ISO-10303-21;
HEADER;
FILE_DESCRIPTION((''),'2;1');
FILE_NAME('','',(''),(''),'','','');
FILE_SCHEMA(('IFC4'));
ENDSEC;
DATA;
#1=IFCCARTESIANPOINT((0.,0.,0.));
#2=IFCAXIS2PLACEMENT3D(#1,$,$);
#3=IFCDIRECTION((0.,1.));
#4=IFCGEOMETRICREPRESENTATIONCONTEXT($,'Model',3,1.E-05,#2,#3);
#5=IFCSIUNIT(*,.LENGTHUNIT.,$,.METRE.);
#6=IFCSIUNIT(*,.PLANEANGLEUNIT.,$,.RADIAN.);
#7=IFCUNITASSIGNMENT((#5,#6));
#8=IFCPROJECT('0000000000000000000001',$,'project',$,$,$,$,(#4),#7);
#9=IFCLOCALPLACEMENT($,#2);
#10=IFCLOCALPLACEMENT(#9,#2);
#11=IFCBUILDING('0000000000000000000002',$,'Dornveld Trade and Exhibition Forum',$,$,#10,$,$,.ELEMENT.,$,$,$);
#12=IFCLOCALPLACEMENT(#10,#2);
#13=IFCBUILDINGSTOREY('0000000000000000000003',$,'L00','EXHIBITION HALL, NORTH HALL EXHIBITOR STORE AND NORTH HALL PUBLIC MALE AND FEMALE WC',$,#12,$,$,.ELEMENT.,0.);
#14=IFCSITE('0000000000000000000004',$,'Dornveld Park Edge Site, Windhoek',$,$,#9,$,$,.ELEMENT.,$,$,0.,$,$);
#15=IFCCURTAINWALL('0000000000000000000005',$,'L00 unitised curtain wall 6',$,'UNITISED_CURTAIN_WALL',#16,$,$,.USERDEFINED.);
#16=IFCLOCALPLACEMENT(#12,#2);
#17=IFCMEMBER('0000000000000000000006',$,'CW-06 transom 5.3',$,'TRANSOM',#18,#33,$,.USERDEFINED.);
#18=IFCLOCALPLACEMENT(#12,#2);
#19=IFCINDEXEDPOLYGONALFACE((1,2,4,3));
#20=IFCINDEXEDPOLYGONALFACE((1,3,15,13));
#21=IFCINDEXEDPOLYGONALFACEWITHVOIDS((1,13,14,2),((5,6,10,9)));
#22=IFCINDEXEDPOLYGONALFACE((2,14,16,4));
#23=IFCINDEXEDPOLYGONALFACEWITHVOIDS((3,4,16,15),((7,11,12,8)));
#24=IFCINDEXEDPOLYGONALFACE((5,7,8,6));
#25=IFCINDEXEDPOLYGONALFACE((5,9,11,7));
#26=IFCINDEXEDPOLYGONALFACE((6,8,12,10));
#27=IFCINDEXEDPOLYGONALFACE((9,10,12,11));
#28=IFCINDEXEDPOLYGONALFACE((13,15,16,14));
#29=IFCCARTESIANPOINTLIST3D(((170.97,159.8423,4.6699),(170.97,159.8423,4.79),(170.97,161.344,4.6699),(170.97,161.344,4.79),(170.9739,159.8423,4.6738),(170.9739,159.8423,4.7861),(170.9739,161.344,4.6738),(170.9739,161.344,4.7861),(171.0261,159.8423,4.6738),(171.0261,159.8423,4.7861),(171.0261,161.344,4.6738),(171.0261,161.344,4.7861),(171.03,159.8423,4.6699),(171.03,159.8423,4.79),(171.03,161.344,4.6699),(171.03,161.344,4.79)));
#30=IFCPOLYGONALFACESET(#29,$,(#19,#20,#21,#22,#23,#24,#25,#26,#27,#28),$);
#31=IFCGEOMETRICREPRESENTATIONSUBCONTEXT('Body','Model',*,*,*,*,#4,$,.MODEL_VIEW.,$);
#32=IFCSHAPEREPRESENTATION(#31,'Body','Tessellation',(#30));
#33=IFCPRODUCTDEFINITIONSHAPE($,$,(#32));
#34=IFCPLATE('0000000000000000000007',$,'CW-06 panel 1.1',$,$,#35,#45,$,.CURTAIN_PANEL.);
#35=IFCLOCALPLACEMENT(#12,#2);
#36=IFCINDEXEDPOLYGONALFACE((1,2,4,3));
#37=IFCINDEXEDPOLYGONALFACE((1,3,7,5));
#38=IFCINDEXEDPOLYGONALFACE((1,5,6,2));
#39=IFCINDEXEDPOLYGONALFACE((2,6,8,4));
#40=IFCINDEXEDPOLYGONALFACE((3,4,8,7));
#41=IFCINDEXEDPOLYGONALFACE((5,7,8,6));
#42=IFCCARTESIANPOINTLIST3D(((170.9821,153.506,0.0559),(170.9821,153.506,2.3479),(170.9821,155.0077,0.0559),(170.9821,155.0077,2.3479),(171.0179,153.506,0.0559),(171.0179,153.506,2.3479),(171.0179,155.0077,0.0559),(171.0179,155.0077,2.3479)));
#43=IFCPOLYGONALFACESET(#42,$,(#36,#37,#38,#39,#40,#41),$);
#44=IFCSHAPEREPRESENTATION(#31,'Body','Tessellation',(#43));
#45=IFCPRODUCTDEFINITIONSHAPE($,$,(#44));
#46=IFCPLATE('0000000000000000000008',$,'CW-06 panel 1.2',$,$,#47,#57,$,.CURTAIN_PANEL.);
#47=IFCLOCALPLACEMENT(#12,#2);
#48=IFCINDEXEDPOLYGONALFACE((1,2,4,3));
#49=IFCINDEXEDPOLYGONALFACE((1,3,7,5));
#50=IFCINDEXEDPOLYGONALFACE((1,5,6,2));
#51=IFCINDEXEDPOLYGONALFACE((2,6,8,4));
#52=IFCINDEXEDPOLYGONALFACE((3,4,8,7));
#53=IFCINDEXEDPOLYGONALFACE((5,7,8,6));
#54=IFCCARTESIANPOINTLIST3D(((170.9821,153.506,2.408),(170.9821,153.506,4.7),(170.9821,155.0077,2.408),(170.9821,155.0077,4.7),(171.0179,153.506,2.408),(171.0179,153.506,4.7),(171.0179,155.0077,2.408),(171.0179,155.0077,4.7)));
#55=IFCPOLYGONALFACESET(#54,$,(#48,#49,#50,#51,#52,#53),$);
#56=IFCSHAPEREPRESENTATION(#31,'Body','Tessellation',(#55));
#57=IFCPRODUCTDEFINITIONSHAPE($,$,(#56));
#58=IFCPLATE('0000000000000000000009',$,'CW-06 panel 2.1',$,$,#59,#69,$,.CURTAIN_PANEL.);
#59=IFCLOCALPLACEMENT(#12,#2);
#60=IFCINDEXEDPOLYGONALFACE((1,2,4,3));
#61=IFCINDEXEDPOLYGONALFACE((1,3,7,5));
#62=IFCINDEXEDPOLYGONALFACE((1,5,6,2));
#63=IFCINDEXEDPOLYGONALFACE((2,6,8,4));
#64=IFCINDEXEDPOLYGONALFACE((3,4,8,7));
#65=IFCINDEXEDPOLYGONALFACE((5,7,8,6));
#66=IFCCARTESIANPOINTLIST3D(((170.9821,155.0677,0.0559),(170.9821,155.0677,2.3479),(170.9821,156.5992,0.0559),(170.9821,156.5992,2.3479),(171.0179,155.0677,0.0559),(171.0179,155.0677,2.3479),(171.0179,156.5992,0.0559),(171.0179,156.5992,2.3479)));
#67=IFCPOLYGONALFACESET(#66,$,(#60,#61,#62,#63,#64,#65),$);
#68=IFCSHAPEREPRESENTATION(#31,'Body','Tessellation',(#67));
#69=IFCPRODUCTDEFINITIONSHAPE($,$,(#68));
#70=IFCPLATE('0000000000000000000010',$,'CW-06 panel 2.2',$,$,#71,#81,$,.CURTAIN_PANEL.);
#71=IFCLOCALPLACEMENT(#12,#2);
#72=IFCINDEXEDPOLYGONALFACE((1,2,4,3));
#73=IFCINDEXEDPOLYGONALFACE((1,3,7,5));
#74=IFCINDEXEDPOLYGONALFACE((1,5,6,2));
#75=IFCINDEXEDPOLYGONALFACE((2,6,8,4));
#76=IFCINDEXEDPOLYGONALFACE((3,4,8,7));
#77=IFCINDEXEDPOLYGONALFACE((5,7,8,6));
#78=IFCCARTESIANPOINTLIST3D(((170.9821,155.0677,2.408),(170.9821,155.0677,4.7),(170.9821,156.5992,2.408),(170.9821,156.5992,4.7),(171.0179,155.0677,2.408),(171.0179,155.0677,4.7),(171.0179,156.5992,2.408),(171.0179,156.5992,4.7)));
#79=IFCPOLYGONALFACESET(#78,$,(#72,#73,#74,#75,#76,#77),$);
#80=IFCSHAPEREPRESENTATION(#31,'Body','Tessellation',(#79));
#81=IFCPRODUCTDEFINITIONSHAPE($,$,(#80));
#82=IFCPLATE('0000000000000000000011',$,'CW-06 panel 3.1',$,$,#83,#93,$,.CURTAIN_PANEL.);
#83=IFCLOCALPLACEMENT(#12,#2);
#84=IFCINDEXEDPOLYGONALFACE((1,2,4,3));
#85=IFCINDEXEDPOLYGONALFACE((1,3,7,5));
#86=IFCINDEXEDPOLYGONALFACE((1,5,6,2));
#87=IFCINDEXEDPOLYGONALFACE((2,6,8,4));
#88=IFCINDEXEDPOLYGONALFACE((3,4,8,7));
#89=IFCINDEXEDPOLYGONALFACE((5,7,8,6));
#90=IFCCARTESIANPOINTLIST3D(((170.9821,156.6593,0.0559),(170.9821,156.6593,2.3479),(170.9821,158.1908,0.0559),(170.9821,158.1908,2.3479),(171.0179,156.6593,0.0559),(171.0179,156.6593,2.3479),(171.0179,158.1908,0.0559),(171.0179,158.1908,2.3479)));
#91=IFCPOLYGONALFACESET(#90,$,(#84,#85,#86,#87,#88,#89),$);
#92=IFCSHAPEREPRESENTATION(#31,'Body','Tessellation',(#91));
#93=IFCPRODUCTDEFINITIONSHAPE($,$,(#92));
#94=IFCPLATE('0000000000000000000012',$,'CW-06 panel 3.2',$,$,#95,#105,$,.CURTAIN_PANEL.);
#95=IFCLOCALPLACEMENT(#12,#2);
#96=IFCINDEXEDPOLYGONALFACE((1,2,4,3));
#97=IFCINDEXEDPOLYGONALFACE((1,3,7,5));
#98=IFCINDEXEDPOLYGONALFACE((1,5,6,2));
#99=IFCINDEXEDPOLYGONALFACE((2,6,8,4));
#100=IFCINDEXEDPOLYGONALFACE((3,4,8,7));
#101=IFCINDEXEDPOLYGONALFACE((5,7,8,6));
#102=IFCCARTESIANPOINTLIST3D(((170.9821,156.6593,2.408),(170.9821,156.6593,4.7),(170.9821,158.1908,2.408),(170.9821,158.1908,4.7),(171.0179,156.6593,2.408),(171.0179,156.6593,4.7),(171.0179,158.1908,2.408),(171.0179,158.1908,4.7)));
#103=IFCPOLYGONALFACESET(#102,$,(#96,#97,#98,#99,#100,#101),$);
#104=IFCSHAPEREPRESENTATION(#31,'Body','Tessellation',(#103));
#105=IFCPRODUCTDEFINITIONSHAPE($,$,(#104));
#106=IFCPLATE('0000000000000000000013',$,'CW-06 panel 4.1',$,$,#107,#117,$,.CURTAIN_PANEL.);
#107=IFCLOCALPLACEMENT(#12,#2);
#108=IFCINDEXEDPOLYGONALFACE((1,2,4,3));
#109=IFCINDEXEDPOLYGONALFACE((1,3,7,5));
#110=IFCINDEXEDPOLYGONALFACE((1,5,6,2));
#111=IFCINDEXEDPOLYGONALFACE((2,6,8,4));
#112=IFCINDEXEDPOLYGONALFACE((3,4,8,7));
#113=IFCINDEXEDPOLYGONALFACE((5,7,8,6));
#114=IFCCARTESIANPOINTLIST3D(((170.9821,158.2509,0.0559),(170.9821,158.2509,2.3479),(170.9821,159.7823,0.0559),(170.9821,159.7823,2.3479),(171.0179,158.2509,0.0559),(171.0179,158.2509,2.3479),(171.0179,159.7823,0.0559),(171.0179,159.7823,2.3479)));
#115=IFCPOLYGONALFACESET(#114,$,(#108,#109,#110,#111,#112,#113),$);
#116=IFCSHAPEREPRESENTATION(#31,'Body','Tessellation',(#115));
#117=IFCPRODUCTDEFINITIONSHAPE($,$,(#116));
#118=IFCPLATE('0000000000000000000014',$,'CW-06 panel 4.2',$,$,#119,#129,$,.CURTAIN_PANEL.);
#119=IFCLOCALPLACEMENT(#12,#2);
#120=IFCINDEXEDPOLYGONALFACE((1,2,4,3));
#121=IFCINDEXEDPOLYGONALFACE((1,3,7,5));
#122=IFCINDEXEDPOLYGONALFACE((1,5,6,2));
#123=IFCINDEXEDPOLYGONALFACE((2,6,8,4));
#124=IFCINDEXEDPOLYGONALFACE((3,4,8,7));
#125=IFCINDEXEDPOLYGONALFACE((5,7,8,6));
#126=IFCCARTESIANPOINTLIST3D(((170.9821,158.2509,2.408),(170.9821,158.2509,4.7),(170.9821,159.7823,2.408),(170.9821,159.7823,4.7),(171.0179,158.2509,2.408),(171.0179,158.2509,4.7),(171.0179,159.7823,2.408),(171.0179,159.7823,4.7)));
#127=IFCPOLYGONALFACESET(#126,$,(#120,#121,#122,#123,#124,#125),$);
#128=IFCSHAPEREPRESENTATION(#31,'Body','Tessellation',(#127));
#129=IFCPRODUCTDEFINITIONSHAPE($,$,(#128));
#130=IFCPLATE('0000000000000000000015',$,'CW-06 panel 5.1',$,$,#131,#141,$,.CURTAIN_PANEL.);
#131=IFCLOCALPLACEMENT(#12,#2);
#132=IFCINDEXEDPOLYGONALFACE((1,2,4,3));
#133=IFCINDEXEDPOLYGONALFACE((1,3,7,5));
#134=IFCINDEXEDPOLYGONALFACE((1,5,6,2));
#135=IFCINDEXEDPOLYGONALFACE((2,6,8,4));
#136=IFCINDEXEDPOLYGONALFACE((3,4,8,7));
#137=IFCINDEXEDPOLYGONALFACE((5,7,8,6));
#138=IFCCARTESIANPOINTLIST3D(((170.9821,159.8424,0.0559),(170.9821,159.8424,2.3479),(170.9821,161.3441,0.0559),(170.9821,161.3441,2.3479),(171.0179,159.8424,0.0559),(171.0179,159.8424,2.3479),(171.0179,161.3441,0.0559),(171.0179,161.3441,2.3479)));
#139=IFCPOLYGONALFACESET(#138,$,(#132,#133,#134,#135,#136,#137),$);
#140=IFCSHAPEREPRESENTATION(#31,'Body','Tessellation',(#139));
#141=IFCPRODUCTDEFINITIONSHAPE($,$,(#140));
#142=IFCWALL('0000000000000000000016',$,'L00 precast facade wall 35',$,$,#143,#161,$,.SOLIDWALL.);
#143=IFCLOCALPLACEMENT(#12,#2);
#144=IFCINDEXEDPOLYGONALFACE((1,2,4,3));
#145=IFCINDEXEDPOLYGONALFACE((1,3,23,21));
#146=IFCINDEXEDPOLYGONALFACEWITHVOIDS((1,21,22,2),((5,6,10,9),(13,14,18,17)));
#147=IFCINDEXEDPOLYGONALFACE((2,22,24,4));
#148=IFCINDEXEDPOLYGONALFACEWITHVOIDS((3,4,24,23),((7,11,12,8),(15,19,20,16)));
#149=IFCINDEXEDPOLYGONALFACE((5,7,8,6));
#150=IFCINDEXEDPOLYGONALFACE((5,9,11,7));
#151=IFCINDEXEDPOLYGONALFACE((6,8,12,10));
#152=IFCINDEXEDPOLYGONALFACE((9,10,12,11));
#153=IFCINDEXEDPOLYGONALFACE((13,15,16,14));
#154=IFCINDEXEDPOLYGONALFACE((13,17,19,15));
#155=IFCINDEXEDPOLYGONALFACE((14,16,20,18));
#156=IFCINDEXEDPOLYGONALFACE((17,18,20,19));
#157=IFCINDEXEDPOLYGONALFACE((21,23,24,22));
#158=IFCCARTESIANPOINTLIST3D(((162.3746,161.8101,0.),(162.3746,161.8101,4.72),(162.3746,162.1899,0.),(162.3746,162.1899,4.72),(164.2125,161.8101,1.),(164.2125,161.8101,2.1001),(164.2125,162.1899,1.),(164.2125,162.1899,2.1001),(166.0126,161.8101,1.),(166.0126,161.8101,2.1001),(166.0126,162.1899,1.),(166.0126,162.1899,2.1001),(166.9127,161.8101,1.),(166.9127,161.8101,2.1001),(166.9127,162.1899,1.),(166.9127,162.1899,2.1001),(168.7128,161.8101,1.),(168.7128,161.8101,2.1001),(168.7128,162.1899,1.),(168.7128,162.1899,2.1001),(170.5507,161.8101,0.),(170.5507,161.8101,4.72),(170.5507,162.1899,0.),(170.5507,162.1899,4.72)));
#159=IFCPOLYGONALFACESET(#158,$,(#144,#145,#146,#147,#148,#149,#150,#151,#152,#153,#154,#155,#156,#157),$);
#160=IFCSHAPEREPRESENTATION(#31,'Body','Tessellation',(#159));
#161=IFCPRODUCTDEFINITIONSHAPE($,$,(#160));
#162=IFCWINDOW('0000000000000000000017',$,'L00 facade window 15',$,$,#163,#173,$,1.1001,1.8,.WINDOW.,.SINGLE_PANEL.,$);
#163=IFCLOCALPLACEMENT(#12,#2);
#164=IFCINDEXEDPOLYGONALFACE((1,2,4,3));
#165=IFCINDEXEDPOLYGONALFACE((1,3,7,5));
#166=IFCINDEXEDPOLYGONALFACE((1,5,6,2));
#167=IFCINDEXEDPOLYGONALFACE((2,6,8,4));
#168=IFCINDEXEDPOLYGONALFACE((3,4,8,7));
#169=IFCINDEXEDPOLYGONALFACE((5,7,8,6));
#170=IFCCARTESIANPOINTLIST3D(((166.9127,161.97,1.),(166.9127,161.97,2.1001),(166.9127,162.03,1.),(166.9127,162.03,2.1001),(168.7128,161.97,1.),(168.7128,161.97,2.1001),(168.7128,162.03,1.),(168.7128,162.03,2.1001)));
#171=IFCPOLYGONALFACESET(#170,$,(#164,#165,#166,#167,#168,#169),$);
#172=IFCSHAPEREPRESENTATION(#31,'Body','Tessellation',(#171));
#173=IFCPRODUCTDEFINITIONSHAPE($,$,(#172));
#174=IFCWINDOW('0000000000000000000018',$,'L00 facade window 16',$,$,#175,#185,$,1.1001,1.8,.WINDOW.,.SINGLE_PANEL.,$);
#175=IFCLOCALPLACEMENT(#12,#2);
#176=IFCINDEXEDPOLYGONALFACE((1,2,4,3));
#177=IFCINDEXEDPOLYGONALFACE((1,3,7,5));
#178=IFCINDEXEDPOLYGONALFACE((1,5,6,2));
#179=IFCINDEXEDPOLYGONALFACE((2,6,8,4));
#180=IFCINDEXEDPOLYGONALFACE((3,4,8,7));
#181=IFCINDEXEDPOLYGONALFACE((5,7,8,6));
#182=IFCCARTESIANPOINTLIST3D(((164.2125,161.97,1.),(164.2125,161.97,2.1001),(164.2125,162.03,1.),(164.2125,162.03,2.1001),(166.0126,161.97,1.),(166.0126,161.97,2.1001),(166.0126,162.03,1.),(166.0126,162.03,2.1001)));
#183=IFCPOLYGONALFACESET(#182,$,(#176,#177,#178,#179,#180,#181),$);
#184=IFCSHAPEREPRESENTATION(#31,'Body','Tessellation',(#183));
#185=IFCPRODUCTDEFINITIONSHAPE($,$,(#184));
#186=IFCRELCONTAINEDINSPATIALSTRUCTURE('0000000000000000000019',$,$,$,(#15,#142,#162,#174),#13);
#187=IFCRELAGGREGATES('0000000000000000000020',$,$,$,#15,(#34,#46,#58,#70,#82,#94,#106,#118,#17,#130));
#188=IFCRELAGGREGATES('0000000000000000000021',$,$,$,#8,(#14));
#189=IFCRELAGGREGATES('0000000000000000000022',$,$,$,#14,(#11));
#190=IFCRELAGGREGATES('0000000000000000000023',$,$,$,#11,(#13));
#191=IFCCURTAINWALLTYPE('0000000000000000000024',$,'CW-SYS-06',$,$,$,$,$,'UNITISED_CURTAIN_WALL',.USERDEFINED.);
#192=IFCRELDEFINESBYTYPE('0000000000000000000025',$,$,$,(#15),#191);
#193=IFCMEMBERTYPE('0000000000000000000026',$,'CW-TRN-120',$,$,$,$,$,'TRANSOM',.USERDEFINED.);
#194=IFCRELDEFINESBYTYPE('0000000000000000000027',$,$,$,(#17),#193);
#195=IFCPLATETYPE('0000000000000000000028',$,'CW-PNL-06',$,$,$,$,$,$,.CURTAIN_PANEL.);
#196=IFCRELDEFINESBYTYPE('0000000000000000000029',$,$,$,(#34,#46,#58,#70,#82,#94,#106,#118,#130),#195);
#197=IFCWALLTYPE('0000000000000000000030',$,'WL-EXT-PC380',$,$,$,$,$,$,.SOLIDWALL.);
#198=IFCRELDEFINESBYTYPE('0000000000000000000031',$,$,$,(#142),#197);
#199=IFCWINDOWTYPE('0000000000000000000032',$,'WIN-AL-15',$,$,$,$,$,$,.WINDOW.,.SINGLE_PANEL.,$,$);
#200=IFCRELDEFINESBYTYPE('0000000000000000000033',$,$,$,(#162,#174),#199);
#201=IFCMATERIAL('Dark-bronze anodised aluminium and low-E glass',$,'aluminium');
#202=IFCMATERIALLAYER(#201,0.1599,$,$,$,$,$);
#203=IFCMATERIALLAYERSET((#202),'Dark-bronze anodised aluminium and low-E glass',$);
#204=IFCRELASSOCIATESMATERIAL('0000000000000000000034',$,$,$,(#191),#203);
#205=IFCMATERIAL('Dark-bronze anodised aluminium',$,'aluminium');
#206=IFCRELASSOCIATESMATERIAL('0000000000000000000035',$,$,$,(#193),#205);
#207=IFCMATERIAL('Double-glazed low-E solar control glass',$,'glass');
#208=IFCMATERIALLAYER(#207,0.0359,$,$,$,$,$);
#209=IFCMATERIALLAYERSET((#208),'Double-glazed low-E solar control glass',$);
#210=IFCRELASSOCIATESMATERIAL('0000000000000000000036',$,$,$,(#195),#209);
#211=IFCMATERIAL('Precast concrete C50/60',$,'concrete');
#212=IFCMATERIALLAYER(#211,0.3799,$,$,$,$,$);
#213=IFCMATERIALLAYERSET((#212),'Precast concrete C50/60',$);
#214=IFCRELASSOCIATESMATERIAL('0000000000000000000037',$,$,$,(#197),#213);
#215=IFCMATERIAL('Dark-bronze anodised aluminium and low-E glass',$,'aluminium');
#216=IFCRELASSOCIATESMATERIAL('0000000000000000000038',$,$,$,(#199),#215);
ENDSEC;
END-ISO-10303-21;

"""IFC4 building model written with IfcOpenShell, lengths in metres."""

from ifc_helpers import new_model, si_unit, direction, frame, frame_2d, origin, origin_2d, place, context, subcontext, project, spatial, rectangle, hollow_rectangle, extrude, material, layer, layer_set, material_profile, profile_set, type_object, element, fill, aggregate, save


model = new_model("IFC4")

# Units and contexts
model_context = context("Model", 3, precision=1e-05, world=origin(), true_north=direction((0.0, 1.0)))
body_context = subcontext(model_context, "Body", "Model", "MODEL_VIEW")
ifc_project = project(units=[si_unit("LENGTHUNIT", "METRE"), si_unit("PLANEANGLEUNIT", "RADIAN")], contexts=[model_context])

# Site, building, storey
site_placement = place(None, origin())
site = spatial("IfcSite", under=ifc_project, at=site_placement, Name="Dornveld Park Edge Site, Windhoek", CompositionType="ELEMENT", RefElevation=0.0)
building_placement = place(site_placement, origin())
building = spatial("IfcBuilding", under=site, at=building_placement, Name="Dornveld Trade and Exhibition Forum", CompositionType="ELEMENT")
storey_placement = place(building_placement, origin())
storey = spatial("IfcBuildingStorey", under=building, at=storey_placement, Name="L00", Description="EXHIBITION HALL, NORTH HALL EXHIBITOR STORE AND NORTH HALL PUBLIC MALE AND FEMALE WC", CompositionType="ELEMENT", Elevation=0.0)

# Curtain wall, member, plates
ifc_material_1 = material(Name="Dark-bronze anodised aluminium and low-E glass", Category="aluminium")
ifc_layer_1 = layer(ifc_material_1, 0.1599)
ifc_layer_set_1 = layer_set([ifc_layer_1], Name="Dark-bronze anodised aluminium and low-E glass")
curtain_wall_type_1 = type_object("IfcCurtainWallType", Name="CW-SYS-06", ElementType="UNITISED_CURTAIN_WALL", PredefinedType="USERDEFINED", material=ifc_layer_set_1)
curtain_wall_1_placement = place(storey_placement, origin())
curtain_wall_1 = element("IfcCurtainWall", 1, at=curtain_wall_1_placement, inside=storey, type_object=curtain_wall_type_1, Name="L00 unitised curtain wall 6", ObjectType="UNITISED_CURTAIN_WALL", PredefinedType="USERDEFINED")
ifc_material_2 = material(Name="Dark-bronze anodised aluminium", Category="aluminium")
ifc_material_profile_1 = material_profile(ifc_material_2, hollow_rectangle(XDim=0.0601, YDim=0.1201, WallThickness=0.0039, at=origin_2d()), Name="RHS 120x60x4")
ifc_profile_set_1 = profile_set([ifc_material_profile_1], Name="Dark-bronze anodised aluminium")
member_type_1 = type_object("IfcMemberType", Name="CW-TRN-120", ElementType="TRANSOM", PredefinedType="USERDEFINED", material=ifc_profile_set_1)
member_1_placement = place(storey_placement, frame((171.0, 159.8423, 4.73), z_axis=(0.0, 1.0, 0.0), x_axis=(-1.0, 0.0, 0.0)))
member_1 = element("IfcMember", 2, at=member_1_placement, type_object=member_type_1, Name="CW-06 transom 5.3", ObjectType="TRANSOM", PredefinedType="USERDEFINED", context=body_context, shape_type="SweptSolid", body=[
    extrude(hollow_rectangle(XDim=0.0601, YDim=0.1201, WallThickness=0.0039, at=origin_2d()), origin(), (0.0, 0.0, 1.0), 1.5017),
])
ifc_material_3 = material(Name="Double-glazed low-E solar control glass", Category="glass")
ifc_layer_2 = layer(ifc_material_3, 0.0359)
ifc_layer_set_2 = layer_set([ifc_layer_2], Name="Double-glazed low-E solar control glass")
plate_type = type_object("IfcPlateType", Name="CW-PNL-06", PredefinedType="CURTAIN_PANEL", material=ifc_layer_set_2)
plate_1_placement = place(storey_placement, frame((171.0, 154.2568, 0.0559), z_axis=(0.0, 0.0, 1.0), x_axis=(0.0, 1.0, 0.0)))
plate_1 = element("IfcPlate", 3, at=plate_1_placement, type_object=plate_type, Name="CW-06 panel 1.1", PredefinedType="CURTAIN_PANEL", context=body_context, shape_type="SweptSolid", body=[
    extrude(rectangle(XDim=1.5017, YDim=0.0359, at=origin_2d()), origin(), (0.0, 0.0, 1.0), 2.292),
])
plate_2_placement = place(storey_placement, frame((171.0, 154.2568, 2.408), z_axis=(0.0, 0.0, 1.0), x_axis=(0.0, 1.0, 0.0)))
plate_2 = element("IfcPlate", 4, at=plate_2_placement, type_object=plate_type, Name="CW-06 panel 1.2", PredefinedType="CURTAIN_PANEL", context=body_context, shape_type="SweptSolid", body=[
    extrude(rectangle(XDim=1.5017, YDim=0.0359, at=origin_2d()), origin(), (0.0, 0.0, 1.0), 2.292),
])
plate_3_placement = place(storey_placement, frame((171.0, 155.8335, 0.0559), z_axis=(0.0, 0.0, 1.0), x_axis=(0.0, 1.0, 0.0)))
plate_3 = element("IfcPlate", 5, at=plate_3_placement, type_object=plate_type, Name="CW-06 panel 2.1", PredefinedType="CURTAIN_PANEL", context=body_context, shape_type="SweptSolid", body=[
    extrude(rectangle(XDim=1.5315, YDim=0.0359, at=origin_2d()), origin(), (0.0, 0.0, 1.0), 2.292),
])
plate_4_placement = place(storey_placement, frame((171.0, 155.8335, 2.408), z_axis=(0.0, 0.0, 1.0), x_axis=(0.0, 1.0, 0.0)))
plate_4 = element("IfcPlate", 6, at=plate_4_placement, type_object=plate_type, Name="CW-06 panel 2.2", PredefinedType="CURTAIN_PANEL", context=body_context, shape_type="SweptSolid", body=[
    extrude(rectangle(XDim=1.5315, YDim=0.0359, at=origin_2d()), origin(), (0.0, 0.0, 1.0), 2.292),
])
plate_5_placement = place(storey_placement, frame((171.0, 157.425, 0.0559), z_axis=(0.0, 0.0, 1.0), x_axis=(0.0, 1.0, 0.0)))
plate_5 = element("IfcPlate", 7, at=plate_5_placement, type_object=plate_type, Name="CW-06 panel 3.1", PredefinedType="CURTAIN_PANEL", context=body_context, shape_type="SweptSolid", body=[
    extrude(rectangle(XDim=1.5315, YDim=0.0359, at=origin_2d()), origin(), (0.0, 0.0, 1.0), 2.292),
])
plate_6_placement = place(storey_placement, frame((171.0, 157.425, 2.408), z_axis=(0.0, 0.0, 1.0), x_axis=(0.0, 1.0, 0.0)))
plate_6 = element("IfcPlate", 8, at=plate_6_placement, type_object=plate_type, Name="CW-06 panel 3.2", PredefinedType="CURTAIN_PANEL", context=body_context, shape_type="SweptSolid", body=[
    extrude(rectangle(XDim=1.5315, YDim=0.0359, at=origin_2d()), origin(), (0.0, 0.0, 1.0), 2.292),
])
plate_7_placement = place(storey_placement, frame((171.0, 159.0166, 0.0559), z_axis=(0.0, 0.0, 1.0), x_axis=(0.0, 1.0, 0.0)))
plate_7 = element("IfcPlate", 9, at=plate_7_placement, type_object=plate_type, Name="CW-06 panel 4.1", PredefinedType="CURTAIN_PANEL", context=body_context, shape_type="SweptSolid", body=[
    extrude(rectangle(XDim=1.5315, YDim=0.0359, at=origin_2d()), origin(), (0.0, 0.0, 1.0), 2.292),
])
plate_8_placement = place(storey_placement, frame((171.0, 159.0166, 2.408), z_axis=(0.0, 0.0, 1.0), x_axis=(0.0, 1.0, 0.0)))
plate_8 = element("IfcPlate", 10, at=plate_8_placement, type_object=plate_type, Name="CW-06 panel 4.2", PredefinedType="CURTAIN_PANEL", context=body_context, shape_type="SweptSolid", body=[
    extrude(rectangle(XDim=1.5315, YDim=0.0359, at=origin_2d()), origin(), (0.0, 0.0, 1.0), 2.292),
])
plate_9_placement = place(storey_placement, frame((171.0, 160.5933, 0.0559), z_axis=(0.0, 0.0, 1.0), x_axis=(0.0, 1.0, 0.0)))
plate_9 = element("IfcPlate", 11, at=plate_9_placement, type_object=plate_type, Name="CW-06 panel 5.1", PredefinedType="CURTAIN_PANEL", context=body_context, shape_type="SweptSolid", body=[
    extrude(rectangle(XDim=1.5017, YDim=0.0359, at=origin_2d()), origin(), (0.0, 0.0, 1.0), 2.292),
])
aggregate(curtain_wall_1, [plate_1, plate_2, plate_3, plate_4, plate_5, plate_6, plate_7, plate_8, member_1, plate_9])

# Wall, openings, windows
ifc_material_4 = material(Name="Precast concrete C50/60", Category="concrete")
ifc_layer_3 = layer(ifc_material_4, 0.3799)
ifc_layer_set_3 = layer_set([ifc_layer_3], Name="Precast concrete C50/60")
wall_type = type_object("IfcWallType", Name="WL-EXT-PC380", PredefinedType="SOLIDWALL", material=ifc_layer_set_3)
wall_placement = place(storey_placement, frame((170.5505, 162.0, 0.0), z_axis=(0.0, 0.0, 1.0), x_axis=(-1.0, 0.0, 0.0)))
wall = element("IfcWall", 12, at=wall_placement, inside=storey, type_object=wall_type, Name="L00 precast facade wall 35", PredefinedType="SOLIDWALL", context=body_context, shape_type="SweptSolid", body=[
    extrude(rectangle(XDim=8.176, YDim=0.3799, at=frame_2d((4.0879, 0.0))), origin(), (0.0, 0.0, 1.0), 4.72),
])
opening_1_placement = place(wall_placement, frame((1.8379, 0.0, 1.0)))
opening_1 = element("IfcOpeningElement", 13, at=opening_1_placement, cuts=wall, PredefinedType="OPENING", context=body_context, shape_type="SweptSolid", body=[
    extrude(rectangle(XDim=1.8, YDim=1.1001, at=frame_2d((0.8999, 0.55))), frame((0.0, 0.2, 0.0), z_axis=(0.0, -1.0, 0.0), x_axis=(1.0, 0.0, 0.0)), (0.0, 0.0, 1.0), 0.3999),
])
opening_2_placement = place(wall_placement, frame((4.5381, 0.0, 1.0)))
opening_2 = element("IfcOpeningElement", 14, at=opening_2_placement, cuts=wall, PredefinedType="OPENING", context=body_context, shape_type="SweptSolid", body=[
    extrude(rectangle(XDim=1.8, YDim=1.1001, at=frame_2d((0.8999, 0.55))), frame((0.0, 0.2, 0.0), z_axis=(0.0, -1.0, 0.0), x_axis=(1.0, 0.0, 0.0)), (0.0, 0.0, 1.0), 0.3999),
])
ifc_material_5 = material(Name="Dark-bronze anodised aluminium and low-E glass", Category="aluminium")
window_type = type_object("IfcWindowType", Name="WIN-AL-15", PartitioningType="SINGLE_PANEL", PredefinedType="WINDOW", material=ifc_material_5)
window_1_placement = place(opening_1_placement, origin())
window_1 = element("IfcWindow", 15, at=window_1_placement, inside=storey, type_object=window_type, Name="L00 facade window 15", OverallHeight=1.1001, OverallWidth=1.8, PartitioningType="SINGLE_PANEL", PredefinedType="WINDOW", context=body_context, shape_type="SweptSolid", body=[
    extrude(rectangle(XDim=1.8, YDim=1.1001, at=frame_2d((0.8999, 0.55))), frame((0.0, 0.03, 0.0), z_axis=(0.0, -1.0, 0.0), x_axis=(1.0, 0.0, 0.0)), (0.0, 0.0, 1.0), 0.0601),
])
fill(opening_1, window_1)
window_2_placement = place(opening_2_placement, origin())
window_2 = element("IfcWindow", 16, at=window_2_placement, inside=storey, type_object=window_type, Name="L00 facade window 16", OverallHeight=1.1001, OverallWidth=1.8, PartitioningType="SINGLE_PANEL", PredefinedType="WINDOW", context=body_context, shape_type="SweptSolid", body=[
    extrude(rectangle(XDim=1.8, YDim=1.1001, at=frame_2d((0.8999, 0.55))), frame((0.0, 0.03, 0.0), z_axis=(0.0, -1.0, 0.0), x_axis=(1.0, 0.0, 0.0)), (0.0, 0.0, 1.0), 0.0601),
])
fill(opening_2, window_2)

save(model, "model.ifc")
